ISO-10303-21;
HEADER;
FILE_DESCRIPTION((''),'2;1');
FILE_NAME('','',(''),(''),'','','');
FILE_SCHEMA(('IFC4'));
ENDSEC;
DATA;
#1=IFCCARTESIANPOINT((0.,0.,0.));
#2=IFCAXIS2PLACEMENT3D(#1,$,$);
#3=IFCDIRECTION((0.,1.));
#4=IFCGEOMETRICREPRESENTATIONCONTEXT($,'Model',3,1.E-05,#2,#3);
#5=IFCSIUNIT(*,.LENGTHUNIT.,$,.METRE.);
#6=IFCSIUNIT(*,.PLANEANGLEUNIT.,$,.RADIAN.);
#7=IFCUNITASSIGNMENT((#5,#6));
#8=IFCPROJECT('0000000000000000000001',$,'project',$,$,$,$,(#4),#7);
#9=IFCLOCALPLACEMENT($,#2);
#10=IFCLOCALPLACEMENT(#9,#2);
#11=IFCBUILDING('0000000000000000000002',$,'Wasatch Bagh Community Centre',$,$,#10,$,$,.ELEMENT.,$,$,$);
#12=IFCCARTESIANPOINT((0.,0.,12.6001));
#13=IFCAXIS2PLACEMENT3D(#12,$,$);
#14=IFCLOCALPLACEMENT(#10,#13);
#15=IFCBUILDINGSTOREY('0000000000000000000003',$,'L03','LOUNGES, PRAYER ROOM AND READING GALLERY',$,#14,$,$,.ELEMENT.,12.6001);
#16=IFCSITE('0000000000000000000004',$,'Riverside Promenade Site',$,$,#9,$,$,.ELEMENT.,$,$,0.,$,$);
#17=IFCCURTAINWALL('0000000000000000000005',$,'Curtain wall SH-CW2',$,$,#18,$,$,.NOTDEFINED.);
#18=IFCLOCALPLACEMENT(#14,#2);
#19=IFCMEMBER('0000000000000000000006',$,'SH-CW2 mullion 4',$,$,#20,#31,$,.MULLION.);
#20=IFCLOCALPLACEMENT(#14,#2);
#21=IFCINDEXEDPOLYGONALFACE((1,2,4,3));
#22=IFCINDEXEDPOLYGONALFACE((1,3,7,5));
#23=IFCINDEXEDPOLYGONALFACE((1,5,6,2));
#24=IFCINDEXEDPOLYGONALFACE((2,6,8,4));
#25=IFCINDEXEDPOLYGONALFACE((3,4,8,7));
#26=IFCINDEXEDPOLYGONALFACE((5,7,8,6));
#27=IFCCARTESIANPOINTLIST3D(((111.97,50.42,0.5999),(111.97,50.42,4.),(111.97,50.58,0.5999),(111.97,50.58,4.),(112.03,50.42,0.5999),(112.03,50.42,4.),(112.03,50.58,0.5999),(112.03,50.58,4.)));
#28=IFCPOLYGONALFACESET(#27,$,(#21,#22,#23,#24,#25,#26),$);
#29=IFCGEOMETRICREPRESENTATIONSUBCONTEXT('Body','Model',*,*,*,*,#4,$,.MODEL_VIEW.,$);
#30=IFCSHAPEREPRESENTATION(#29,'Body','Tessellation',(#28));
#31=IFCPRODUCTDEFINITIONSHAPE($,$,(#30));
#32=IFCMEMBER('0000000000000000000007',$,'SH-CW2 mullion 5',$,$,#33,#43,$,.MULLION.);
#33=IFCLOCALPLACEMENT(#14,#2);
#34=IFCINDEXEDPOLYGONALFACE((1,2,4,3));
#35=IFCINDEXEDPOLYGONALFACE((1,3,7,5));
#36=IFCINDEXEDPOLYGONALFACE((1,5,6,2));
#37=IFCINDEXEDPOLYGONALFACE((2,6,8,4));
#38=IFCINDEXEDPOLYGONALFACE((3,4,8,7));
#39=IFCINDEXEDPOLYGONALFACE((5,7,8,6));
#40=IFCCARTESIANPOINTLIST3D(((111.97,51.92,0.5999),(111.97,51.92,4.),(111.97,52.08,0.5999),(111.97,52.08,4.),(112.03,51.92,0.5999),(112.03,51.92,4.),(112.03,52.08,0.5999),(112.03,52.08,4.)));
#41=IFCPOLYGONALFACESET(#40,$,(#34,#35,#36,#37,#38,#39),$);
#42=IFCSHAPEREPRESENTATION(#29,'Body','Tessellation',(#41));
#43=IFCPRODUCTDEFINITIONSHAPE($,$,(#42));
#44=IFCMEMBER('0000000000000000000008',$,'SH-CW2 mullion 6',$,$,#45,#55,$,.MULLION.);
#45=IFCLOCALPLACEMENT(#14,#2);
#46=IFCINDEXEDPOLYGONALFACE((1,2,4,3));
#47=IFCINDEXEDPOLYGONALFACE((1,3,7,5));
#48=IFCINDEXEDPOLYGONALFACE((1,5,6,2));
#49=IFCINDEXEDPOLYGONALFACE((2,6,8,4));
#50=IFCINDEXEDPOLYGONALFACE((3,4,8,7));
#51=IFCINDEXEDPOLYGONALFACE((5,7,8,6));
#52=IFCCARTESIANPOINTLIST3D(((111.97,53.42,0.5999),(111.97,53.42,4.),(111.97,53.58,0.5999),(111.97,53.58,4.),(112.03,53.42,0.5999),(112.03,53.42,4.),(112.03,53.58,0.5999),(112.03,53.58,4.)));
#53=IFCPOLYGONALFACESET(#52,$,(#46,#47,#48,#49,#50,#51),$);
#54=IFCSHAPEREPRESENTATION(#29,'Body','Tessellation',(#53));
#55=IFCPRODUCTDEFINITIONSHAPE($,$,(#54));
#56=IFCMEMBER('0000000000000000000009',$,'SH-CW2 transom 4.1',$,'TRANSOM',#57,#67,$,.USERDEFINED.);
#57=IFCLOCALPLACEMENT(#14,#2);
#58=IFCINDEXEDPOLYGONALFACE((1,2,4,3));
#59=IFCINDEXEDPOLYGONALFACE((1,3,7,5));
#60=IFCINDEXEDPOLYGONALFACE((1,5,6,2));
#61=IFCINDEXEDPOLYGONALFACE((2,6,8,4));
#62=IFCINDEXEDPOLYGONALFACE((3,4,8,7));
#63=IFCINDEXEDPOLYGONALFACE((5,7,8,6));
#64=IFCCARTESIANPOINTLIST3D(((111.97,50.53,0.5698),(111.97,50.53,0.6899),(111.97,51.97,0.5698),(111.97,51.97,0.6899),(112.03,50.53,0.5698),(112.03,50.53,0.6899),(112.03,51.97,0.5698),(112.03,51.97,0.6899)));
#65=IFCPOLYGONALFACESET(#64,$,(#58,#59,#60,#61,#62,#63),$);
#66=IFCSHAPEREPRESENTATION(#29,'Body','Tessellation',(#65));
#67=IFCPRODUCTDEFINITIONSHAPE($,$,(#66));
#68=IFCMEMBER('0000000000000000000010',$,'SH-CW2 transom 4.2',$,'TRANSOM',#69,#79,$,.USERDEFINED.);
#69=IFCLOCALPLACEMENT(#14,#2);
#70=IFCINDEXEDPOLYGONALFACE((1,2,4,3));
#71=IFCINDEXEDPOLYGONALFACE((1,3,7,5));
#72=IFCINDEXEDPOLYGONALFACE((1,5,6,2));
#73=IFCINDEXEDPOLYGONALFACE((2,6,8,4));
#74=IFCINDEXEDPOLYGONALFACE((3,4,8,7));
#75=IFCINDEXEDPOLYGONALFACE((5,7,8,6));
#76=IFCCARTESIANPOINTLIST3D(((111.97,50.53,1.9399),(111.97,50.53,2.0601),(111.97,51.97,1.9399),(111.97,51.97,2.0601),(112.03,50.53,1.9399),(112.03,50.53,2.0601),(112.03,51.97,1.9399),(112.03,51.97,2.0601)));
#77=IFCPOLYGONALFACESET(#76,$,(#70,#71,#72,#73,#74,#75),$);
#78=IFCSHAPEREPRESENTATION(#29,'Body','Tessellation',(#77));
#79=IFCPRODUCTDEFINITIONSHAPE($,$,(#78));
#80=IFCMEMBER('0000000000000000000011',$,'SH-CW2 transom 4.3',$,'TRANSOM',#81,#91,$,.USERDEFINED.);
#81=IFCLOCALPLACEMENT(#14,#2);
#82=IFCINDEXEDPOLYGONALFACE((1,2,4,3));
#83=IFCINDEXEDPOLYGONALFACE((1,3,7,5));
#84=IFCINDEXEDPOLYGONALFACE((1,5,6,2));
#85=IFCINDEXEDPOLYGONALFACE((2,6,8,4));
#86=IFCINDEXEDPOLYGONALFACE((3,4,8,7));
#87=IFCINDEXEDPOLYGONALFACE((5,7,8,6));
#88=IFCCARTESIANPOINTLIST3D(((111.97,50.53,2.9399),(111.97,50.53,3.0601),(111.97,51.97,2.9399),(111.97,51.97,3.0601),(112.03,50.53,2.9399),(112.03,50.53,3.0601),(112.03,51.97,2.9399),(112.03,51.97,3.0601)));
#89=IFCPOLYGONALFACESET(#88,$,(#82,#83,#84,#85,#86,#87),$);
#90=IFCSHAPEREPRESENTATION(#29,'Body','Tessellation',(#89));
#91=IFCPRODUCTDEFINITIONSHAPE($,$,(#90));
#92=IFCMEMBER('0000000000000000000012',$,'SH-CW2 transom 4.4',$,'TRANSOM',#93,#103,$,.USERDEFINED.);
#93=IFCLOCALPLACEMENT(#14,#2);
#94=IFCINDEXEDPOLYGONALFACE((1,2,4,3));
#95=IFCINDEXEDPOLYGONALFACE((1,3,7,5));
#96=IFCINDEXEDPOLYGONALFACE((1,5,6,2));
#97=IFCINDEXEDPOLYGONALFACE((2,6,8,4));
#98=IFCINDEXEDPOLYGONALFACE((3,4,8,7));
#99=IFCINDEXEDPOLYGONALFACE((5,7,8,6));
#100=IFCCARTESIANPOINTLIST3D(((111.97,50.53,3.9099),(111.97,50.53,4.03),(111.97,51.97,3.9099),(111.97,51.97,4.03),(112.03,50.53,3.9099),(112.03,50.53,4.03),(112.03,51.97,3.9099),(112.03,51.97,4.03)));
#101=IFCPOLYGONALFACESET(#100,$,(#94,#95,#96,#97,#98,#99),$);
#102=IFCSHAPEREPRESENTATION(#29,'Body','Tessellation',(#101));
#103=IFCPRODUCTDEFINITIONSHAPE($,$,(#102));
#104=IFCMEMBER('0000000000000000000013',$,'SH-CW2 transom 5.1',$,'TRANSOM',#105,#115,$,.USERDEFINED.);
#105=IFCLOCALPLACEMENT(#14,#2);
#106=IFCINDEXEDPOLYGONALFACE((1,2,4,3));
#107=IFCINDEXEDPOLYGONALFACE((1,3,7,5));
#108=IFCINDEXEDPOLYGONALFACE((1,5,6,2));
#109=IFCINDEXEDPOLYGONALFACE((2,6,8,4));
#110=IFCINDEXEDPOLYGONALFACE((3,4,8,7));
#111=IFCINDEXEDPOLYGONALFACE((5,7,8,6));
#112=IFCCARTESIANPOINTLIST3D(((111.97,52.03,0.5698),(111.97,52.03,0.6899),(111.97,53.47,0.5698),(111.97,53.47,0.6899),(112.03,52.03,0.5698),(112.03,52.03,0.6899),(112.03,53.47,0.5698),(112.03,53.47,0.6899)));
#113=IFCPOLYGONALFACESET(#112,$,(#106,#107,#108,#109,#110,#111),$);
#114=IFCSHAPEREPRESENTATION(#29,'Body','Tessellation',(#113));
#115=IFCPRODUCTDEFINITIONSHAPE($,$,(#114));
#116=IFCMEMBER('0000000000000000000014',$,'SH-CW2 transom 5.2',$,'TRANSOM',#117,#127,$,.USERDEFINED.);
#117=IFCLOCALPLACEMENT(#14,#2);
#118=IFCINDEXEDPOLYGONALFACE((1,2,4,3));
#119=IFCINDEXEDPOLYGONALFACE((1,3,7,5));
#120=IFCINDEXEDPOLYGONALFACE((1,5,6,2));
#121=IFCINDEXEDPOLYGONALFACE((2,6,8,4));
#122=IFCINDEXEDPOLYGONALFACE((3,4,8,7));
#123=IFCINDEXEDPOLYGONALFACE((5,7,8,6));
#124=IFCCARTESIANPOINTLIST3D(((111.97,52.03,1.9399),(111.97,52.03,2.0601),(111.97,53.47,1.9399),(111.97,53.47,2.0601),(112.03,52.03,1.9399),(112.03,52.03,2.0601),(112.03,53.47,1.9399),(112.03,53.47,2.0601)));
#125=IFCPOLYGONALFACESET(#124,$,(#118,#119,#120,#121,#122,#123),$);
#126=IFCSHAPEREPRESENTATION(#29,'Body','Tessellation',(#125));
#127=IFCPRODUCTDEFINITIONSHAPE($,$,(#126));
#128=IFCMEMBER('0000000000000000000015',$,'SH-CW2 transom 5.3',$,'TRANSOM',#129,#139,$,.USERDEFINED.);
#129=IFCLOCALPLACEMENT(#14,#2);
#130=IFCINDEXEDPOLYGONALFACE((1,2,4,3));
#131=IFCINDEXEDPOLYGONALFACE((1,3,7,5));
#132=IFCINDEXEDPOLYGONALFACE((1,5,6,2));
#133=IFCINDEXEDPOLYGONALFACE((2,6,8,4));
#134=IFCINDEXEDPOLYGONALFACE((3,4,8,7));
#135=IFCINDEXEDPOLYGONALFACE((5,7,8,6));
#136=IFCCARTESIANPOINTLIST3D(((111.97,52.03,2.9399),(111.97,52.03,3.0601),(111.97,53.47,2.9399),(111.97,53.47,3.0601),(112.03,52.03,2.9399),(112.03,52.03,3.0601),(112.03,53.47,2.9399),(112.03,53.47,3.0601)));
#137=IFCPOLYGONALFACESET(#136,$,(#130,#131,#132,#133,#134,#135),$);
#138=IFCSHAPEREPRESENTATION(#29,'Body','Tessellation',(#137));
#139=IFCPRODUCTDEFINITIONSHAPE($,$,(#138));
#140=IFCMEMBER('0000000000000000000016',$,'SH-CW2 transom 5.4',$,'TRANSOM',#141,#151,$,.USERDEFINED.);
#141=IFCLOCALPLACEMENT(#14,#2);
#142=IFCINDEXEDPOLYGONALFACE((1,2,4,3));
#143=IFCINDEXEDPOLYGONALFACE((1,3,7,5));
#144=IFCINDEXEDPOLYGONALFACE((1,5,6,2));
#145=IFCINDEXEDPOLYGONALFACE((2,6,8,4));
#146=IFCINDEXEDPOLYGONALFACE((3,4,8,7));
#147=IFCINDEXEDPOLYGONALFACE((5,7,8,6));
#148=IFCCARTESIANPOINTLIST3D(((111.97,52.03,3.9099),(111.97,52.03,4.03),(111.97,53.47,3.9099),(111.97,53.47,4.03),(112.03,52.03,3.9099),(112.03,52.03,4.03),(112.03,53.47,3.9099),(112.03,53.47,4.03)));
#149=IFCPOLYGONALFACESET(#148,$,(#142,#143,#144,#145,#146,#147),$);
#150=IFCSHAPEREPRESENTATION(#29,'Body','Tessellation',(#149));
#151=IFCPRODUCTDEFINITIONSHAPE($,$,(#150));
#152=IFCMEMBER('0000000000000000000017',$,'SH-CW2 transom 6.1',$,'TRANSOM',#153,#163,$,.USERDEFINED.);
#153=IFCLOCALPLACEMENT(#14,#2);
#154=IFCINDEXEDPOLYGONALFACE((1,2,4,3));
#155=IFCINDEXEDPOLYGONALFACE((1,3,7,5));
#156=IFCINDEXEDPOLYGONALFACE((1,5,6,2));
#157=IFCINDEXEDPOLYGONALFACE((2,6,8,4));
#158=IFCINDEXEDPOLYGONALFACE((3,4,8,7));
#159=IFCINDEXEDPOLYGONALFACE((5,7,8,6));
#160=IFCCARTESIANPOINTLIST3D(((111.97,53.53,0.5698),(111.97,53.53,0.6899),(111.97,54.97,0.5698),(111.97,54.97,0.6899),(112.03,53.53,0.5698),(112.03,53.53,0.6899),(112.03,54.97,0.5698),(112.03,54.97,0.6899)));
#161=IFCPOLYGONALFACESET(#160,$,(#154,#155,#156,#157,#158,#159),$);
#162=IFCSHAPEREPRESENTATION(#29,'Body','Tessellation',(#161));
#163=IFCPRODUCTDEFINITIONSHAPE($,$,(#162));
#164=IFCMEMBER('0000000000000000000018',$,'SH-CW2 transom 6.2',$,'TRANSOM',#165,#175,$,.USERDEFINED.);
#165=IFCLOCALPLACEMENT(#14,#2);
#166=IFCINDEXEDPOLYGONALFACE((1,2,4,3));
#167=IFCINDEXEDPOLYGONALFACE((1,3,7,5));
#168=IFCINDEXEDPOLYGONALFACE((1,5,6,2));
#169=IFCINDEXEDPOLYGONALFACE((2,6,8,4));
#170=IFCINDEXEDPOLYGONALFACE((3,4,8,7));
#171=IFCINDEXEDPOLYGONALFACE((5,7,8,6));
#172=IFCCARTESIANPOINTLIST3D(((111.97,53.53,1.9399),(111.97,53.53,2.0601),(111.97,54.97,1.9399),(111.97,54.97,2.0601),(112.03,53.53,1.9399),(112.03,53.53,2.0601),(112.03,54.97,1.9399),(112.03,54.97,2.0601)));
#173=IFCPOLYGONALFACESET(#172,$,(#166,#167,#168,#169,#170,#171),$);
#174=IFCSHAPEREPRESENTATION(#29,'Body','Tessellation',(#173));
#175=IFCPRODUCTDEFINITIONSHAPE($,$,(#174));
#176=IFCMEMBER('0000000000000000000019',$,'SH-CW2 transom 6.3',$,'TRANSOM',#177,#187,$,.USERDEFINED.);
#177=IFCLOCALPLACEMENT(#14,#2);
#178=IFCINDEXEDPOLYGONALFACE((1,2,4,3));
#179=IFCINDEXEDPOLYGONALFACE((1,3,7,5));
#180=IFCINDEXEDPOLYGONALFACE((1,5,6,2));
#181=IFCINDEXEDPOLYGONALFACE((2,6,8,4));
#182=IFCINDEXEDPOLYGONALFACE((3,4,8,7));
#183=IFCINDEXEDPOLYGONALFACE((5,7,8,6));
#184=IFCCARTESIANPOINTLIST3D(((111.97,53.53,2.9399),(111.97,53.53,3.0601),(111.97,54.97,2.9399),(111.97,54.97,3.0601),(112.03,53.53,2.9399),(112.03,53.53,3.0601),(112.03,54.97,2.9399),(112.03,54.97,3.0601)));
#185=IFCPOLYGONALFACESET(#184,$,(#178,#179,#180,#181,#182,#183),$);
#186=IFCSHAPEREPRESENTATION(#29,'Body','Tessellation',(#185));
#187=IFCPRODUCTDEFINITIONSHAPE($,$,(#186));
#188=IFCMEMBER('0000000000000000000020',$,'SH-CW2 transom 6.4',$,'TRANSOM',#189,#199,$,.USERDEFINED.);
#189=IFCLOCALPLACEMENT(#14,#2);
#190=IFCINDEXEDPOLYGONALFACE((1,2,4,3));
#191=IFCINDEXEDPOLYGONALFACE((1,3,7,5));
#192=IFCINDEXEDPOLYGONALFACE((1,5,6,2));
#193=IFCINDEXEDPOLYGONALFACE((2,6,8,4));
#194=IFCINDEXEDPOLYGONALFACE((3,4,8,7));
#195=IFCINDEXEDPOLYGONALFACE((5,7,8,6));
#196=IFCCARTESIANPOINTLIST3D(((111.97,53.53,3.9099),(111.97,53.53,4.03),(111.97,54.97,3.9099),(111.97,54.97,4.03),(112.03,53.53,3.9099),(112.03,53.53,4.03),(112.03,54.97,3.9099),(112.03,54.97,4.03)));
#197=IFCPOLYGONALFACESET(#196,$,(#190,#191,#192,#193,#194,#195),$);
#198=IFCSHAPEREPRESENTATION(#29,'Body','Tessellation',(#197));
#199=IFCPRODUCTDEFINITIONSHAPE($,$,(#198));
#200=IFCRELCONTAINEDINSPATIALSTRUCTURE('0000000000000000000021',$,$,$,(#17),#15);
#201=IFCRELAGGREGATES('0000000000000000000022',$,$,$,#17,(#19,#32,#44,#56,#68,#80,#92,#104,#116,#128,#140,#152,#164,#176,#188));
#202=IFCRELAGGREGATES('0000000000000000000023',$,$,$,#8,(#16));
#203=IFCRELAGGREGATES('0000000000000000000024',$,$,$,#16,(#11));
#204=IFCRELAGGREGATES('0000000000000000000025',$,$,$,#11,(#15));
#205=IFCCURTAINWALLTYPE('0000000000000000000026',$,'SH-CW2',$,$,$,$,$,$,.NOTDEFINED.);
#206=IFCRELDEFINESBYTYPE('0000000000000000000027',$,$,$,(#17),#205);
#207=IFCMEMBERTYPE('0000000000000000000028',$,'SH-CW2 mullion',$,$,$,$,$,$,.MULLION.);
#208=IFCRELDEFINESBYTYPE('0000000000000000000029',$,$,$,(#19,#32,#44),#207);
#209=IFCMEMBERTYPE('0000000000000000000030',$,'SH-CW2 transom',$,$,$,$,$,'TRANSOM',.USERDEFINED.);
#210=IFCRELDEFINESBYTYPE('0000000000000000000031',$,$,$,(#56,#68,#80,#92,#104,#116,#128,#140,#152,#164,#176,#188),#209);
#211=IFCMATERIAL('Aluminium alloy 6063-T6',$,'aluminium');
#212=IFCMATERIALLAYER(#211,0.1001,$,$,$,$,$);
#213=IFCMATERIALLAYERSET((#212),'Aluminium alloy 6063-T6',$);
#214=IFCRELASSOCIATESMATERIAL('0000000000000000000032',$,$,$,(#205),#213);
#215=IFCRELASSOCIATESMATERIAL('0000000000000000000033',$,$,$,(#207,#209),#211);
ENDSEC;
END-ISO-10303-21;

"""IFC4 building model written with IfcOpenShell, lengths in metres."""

from ifc_helpers import new_model, si_unit, direction, frame, origin, origin_2d, place, context, subcontext, project, spatial, rectangle, extrude, material, layer, layer_set, material_profile, profile_set, type_object, element, aggregate, save


model = new_model("IFC4")

# Units and contexts
model_context = context("Model", 3, precision=1e-05, world=origin(), true_north=direction((0.0, 1.0)))
body_context = subcontext(model_context, "Body", "Model", "MODEL_VIEW")
ifc_project = project(units=[si_unit("LENGTHUNIT", "METRE"), si_unit("PLANEANGLEUNIT", "RADIAN")], contexts=[model_context])

# Site, building, storey
site_placement = place(None, origin())
site = spatial("IfcSite", under=ifc_project, at=site_placement, Name="Riverside Promenade Site", CompositionType="ELEMENT", RefElevation=0.0)
building_placement = place(site_placement, origin())
building = spatial("IfcBuilding", under=site, at=building_placement, Name="Wasatch Bagh Community Centre", CompositionType="ELEMENT")
storey_placement = place(building_placement, frame((0.0, 0.0, 12.6001)))
storey = spatial("IfcBuildingStorey", under=building, at=storey_placement, Name="L03", Description="LOUNGES, PRAYER ROOM AND READING GALLERY", CompositionType="ELEMENT", Elevation=12.6001)

# Curtain wall, members
ifc_material_1 = material(Name="Aluminium alloy 6063-T6", Category="aluminium")
ifc_layer_1 = layer(ifc_material_1, 0.1001)
ifc_layer_set_1 = layer_set([ifc_layer_1], Name="Aluminium alloy 6063-T6")
curtain_wall_type = type_object("IfcCurtainWallType", Name="SH-CW2", PredefinedType="NOTDEFINED", material=ifc_layer_set_1)
curtain_wall_placement = place(storey_placement, origin())
curtain_wall = element("IfcCurtainWall", 1, at=curtain_wall_placement, inside=storey, type_object=curtain_wall_type, Name="Curtain wall SH-CW2", PredefinedType="NOTDEFINED")
ifc_material_profile_1 = material_profile(ifc_material_1, rectangle(XDim=0.0601, YDim=0.1599, at=origin_2d()), Name="AL 60x160")
ifc_profile_set_1 = profile_set([ifc_material_profile_1], Name="Aluminium alloy 6063-T6")
member_type_1 = type_object("IfcMemberType", Name="SH-CW2 mullion", PredefinedType="MULLION", material=ifc_profile_set_1)
member_1_placement = place(storey_placement, frame((112.0, 50.5, 0.5999), z_axis=(0.0, 0.0, 1.0), x_axis=(-1.0, 0.0, 0.0)))
member_1 = element("IfcMember", 2, at=member_1_placement, type_object=member_type_1, Name="SH-CW2 mullion 4", PredefinedType="MULLION", context=body_context, shape_type="SweptSolid", body=[
    extrude(rectangle(XDim=0.0601, YDim=0.1599, at=origin_2d()), origin(), (0.0, 0.0, 1.0), 3.4001),
])
member_2_placement = place(storey_placement, frame((112.0, 52.0, 0.5999), z_axis=(0.0, 0.0, 1.0), x_axis=(-1.0, 0.0, 0.0)))
member_2 = element("IfcMember", 3, at=member_2_placement, type_object=member_type_1, Name="SH-CW2 mullion 5", PredefinedType="MULLION", context=body_context, shape_type="SweptSolid", body=[
    extrude(rectangle(XDim=0.0601, YDim=0.1599, at=origin_2d()), origin(), (0.0, 0.0, 1.0), 3.4001),
])
member_3_placement = place(storey_placement, frame((112.0, 53.5, 0.5999), z_axis=(0.0, 0.0, 1.0), x_axis=(-1.0, 0.0, 0.0)))
member_3 = element("IfcMember", 4, at=member_3_placement, type_object=member_type_1, Name="SH-CW2 mullion 6", PredefinedType="MULLION", context=body_context, shape_type="SweptSolid", body=[
    extrude(rectangle(XDim=0.0601, YDim=0.1599, at=origin_2d()), origin(), (0.0, 0.0, 1.0), 3.4001),
])
ifc_material_profile_2 = material_profile(ifc_material_1, rectangle(XDim=0.0601, YDim=0.1201, at=origin_2d()), Name="AL 60x120")
ifc_profile_set_2 = profile_set([ifc_material_profile_2], Name="Aluminium alloy 6063-T6")
member_type_2 = type_object("IfcMemberType", Name="SH-CW2 transom", ElementType="TRANSOM", PredefinedType="USERDEFINED", material=ifc_profile_set_2)
member_4_placement = place(storey_placement, frame((112.0, 50.53, 0.6299), z_axis=(0.0, 1.0, 0.0), x_axis=(-1.0, 0.0, 0.0)))
member_4 = element("IfcMember", 5, at=member_4_placement, type_object=member_type_2, Name="SH-CW2 transom 4.1", ObjectType="TRANSOM", PredefinedType="USERDEFINED", context=body_context, shape_type="SweptSolid", body=[
    extrude(rectangle(XDim=0.0601, YDim=0.1201, at=origin_2d()), origin(), (0.0, 0.0, 1.0), 1.4399),
])
member_5_placement = place(storey_placement, frame((112.0, 50.53, 2.0), z_axis=(0.0, 1.0, 0.0), x_axis=(-1.0, 0.0, 0.0)))
member_5 = element("IfcMember", 6, at=member_5_placement, type_object=member_type_2, Name="SH-CW2 transom 4.2", ObjectType="TRANSOM", PredefinedType="USERDEFINED", context=body_context, shape_type="SweptSolid", body=[
    extrude(rectangle(XDim=0.0601, YDim=0.1201, at=origin_2d()), origin(), (0.0, 0.0, 1.0), 1.4399),
])
member_6_placement = place(storey_placement, frame((112.0, 50.53, 3.0), z_axis=(0.0, 1.0, 0.0), x_axis=(-1.0, 0.0, 0.0)))
member_6 = element("IfcMember", 7, at=member_6_placement, type_object=member_type_2, Name="SH-CW2 transom 4.3", ObjectType="TRANSOM", PredefinedType="USERDEFINED", context=body_context, shape_type="SweptSolid", body=[
    extrude(rectangle(XDim=0.0601, YDim=0.1201, at=origin_2d()), origin(), (0.0, 0.0, 1.0), 1.4399),
])
member_7_placement = place(storey_placement, frame((112.0, 50.53, 3.97), z_axis=(0.0, 1.0, 0.0), x_axis=(-1.0, 0.0, 0.0)))
member_7 = element("IfcMember", 8, at=member_7_placement, type_object=member_type_2, Name="SH-CW2 transom 4.4", ObjectType="TRANSOM", PredefinedType="USERDEFINED", context=body_context, shape_type="SweptSolid", body=[
    extrude(rectangle(XDim=0.0601, YDim=0.1201, at=origin_2d()), origin(), (0.0, 0.0, 1.0), 1.4399),
])
member_8_placement = place(storey_placement, frame((112.0, 52.03, 0.6299), z_axis=(0.0, 1.0, 0.0), x_axis=(-1.0, 0.0, 0.0)))
member_8 = element("IfcMember", 9, at=member_8_placement, type_object=member_type_2, Name="SH-CW2 transom 5.1", ObjectType="TRANSOM", PredefinedType="USERDEFINED", context=body_context, shape_type="SweptSolid", body=[
    extrude(rectangle(XDim=0.0601, YDim=0.1201, at=origin_2d()), origin(), (0.0, 0.0, 1.0), 1.4399),
])
member_9_placement = place(storey_placement, frame((112.0, 52.03, 2.0), z_axis=(0.0, 1.0, 0.0), x_axis=(-1.0, 0.0, 0.0)))
member_9 = element("IfcMember", 10, at=member_9_placement, type_object=member_type_2, Name="SH-CW2 transom 5.2", ObjectType="TRANSOM", PredefinedType="USERDEFINED", context=body_context, shape_type="SweptSolid", body=[
    extrude(rectangle(XDim=0.0601, YDim=0.1201, at=origin_2d()), origin(), (0.0, 0.0, 1.0), 1.4399),
])
member_10_placement = place(storey_placement, frame((112.0, 52.03, 3.0), z_axis=(0.0, 1.0, 0.0), x_axis=(-1.0, 0.0, 0.0)))
member_10 = element("IfcMember", 11, at=member_10_placement, type_object=member_type_2, Name="SH-CW2 transom 5.3", ObjectType="TRANSOM", PredefinedType="USERDEFINED", context=body_context, shape_type="SweptSolid", body=[
    extrude(rectangle(XDim=0.0601, YDim=0.1201, at=origin_2d()), origin(), (0.0, 0.0, 1.0), 1.4399),
])
member_11_placement = place(storey_placement, frame((112.0, 52.03, 3.97), z_axis=(0.0, 1.0, 0.0), x_axis=(-1.0, 0.0, 0.0)))
member_11 = element("IfcMember", 12, at=member_11_placement, type_object=member_type_2, Name="SH-CW2 transom 5.4", ObjectType="TRANSOM", PredefinedType="USERDEFINED", context=body_context, shape_type="SweptSolid", body=[
    extrude(rectangle(XDim=0.0601, YDim=0.1201, at=origin_2d()), origin(), (0.0, 0.0, 1.0), 1.4399),
])
member_12_placement = place(storey_placement, frame((112.0, 53.53, 0.6299), z_axis=(0.0, 1.0, 0.0), x_axis=(-1.0, 0.0, 0.0)))
member_12 = element("IfcMember", 13, at=member_12_placement, type_object=member_type_2, Name="SH-CW2 transom 6.1", ObjectType="TRANSOM", PredefinedType="USERDEFINED", context=body_context, shape_type="SweptSolid", body=[
    extrude(rectangle(XDim=0.0601, YDim=0.1201, at=origin_2d()), origin(), (0.0, 0.0, 1.0), 1.4399),
])
member_13_placement = place(storey_placement, frame((112.0, 53.53, 2.0), z_axis=(0.0, 1.0, 0.0), x_axis=(-1.0, 0.0, 0.0)))
member_13 = element("IfcMember", 14, at=member_13_placement, type_object=member_type_2, Name="SH-CW2 transom 6.2", ObjectType="TRANSOM", PredefinedType="USERDEFINED", context=body_context, shape_type="SweptSolid", body=[
    extrude(rectangle(XDim=0.0601, YDim=0.1201, at=origin_2d()), origin(), (0.0, 0.0, 1.0), 1.4399),
])
member_14_placement = place(storey_placement, frame((112.0, 53.53, 3.0), z_axis=(0.0, 1.0, 0.0), x_axis=(-1.0, 0.0, 0.0)))
member_14 = element("IfcMember", 15, at=member_14_placement, type_object=member_type_2, Name="SH-CW2 transom 6.3", ObjectType="TRANSOM", PredefinedType="USERDEFINED", context=body_context, shape_type="SweptSolid", body=[
    extrude(rectangle(XDim=0.0601, YDim=0.1201, at=origin_2d()), origin(), (0.0, 0.0, 1.0), 1.4399),
])
member_15_placement = place(storey_placement, frame((112.0, 53.53, 3.97), z_axis=(0.0, 1.0, 0.0), x_axis=(-1.0, 0.0, 0.0)))
member_15 = element("IfcMember", 16, at=member_15_placement, type_object=member_type_2, Name="SH-CW2 transom 6.4", ObjectType="TRANSOM", PredefinedType="USERDEFINED", context=body_context, shape_type="SweptSolid", body=[
    extrude(rectangle(XDim=0.0601, YDim=0.1201, at=origin_2d()), origin(), (0.0, 0.0, 1.0), 1.4399),
])
aggregate(curtain_wall, [member_1, member_2, member_3, member_4, member_5, member_6, member_7, member_8, member_9, member_10, member_11, member_12, member_13, member_14, member_15])

save(model, "model.ifc")
